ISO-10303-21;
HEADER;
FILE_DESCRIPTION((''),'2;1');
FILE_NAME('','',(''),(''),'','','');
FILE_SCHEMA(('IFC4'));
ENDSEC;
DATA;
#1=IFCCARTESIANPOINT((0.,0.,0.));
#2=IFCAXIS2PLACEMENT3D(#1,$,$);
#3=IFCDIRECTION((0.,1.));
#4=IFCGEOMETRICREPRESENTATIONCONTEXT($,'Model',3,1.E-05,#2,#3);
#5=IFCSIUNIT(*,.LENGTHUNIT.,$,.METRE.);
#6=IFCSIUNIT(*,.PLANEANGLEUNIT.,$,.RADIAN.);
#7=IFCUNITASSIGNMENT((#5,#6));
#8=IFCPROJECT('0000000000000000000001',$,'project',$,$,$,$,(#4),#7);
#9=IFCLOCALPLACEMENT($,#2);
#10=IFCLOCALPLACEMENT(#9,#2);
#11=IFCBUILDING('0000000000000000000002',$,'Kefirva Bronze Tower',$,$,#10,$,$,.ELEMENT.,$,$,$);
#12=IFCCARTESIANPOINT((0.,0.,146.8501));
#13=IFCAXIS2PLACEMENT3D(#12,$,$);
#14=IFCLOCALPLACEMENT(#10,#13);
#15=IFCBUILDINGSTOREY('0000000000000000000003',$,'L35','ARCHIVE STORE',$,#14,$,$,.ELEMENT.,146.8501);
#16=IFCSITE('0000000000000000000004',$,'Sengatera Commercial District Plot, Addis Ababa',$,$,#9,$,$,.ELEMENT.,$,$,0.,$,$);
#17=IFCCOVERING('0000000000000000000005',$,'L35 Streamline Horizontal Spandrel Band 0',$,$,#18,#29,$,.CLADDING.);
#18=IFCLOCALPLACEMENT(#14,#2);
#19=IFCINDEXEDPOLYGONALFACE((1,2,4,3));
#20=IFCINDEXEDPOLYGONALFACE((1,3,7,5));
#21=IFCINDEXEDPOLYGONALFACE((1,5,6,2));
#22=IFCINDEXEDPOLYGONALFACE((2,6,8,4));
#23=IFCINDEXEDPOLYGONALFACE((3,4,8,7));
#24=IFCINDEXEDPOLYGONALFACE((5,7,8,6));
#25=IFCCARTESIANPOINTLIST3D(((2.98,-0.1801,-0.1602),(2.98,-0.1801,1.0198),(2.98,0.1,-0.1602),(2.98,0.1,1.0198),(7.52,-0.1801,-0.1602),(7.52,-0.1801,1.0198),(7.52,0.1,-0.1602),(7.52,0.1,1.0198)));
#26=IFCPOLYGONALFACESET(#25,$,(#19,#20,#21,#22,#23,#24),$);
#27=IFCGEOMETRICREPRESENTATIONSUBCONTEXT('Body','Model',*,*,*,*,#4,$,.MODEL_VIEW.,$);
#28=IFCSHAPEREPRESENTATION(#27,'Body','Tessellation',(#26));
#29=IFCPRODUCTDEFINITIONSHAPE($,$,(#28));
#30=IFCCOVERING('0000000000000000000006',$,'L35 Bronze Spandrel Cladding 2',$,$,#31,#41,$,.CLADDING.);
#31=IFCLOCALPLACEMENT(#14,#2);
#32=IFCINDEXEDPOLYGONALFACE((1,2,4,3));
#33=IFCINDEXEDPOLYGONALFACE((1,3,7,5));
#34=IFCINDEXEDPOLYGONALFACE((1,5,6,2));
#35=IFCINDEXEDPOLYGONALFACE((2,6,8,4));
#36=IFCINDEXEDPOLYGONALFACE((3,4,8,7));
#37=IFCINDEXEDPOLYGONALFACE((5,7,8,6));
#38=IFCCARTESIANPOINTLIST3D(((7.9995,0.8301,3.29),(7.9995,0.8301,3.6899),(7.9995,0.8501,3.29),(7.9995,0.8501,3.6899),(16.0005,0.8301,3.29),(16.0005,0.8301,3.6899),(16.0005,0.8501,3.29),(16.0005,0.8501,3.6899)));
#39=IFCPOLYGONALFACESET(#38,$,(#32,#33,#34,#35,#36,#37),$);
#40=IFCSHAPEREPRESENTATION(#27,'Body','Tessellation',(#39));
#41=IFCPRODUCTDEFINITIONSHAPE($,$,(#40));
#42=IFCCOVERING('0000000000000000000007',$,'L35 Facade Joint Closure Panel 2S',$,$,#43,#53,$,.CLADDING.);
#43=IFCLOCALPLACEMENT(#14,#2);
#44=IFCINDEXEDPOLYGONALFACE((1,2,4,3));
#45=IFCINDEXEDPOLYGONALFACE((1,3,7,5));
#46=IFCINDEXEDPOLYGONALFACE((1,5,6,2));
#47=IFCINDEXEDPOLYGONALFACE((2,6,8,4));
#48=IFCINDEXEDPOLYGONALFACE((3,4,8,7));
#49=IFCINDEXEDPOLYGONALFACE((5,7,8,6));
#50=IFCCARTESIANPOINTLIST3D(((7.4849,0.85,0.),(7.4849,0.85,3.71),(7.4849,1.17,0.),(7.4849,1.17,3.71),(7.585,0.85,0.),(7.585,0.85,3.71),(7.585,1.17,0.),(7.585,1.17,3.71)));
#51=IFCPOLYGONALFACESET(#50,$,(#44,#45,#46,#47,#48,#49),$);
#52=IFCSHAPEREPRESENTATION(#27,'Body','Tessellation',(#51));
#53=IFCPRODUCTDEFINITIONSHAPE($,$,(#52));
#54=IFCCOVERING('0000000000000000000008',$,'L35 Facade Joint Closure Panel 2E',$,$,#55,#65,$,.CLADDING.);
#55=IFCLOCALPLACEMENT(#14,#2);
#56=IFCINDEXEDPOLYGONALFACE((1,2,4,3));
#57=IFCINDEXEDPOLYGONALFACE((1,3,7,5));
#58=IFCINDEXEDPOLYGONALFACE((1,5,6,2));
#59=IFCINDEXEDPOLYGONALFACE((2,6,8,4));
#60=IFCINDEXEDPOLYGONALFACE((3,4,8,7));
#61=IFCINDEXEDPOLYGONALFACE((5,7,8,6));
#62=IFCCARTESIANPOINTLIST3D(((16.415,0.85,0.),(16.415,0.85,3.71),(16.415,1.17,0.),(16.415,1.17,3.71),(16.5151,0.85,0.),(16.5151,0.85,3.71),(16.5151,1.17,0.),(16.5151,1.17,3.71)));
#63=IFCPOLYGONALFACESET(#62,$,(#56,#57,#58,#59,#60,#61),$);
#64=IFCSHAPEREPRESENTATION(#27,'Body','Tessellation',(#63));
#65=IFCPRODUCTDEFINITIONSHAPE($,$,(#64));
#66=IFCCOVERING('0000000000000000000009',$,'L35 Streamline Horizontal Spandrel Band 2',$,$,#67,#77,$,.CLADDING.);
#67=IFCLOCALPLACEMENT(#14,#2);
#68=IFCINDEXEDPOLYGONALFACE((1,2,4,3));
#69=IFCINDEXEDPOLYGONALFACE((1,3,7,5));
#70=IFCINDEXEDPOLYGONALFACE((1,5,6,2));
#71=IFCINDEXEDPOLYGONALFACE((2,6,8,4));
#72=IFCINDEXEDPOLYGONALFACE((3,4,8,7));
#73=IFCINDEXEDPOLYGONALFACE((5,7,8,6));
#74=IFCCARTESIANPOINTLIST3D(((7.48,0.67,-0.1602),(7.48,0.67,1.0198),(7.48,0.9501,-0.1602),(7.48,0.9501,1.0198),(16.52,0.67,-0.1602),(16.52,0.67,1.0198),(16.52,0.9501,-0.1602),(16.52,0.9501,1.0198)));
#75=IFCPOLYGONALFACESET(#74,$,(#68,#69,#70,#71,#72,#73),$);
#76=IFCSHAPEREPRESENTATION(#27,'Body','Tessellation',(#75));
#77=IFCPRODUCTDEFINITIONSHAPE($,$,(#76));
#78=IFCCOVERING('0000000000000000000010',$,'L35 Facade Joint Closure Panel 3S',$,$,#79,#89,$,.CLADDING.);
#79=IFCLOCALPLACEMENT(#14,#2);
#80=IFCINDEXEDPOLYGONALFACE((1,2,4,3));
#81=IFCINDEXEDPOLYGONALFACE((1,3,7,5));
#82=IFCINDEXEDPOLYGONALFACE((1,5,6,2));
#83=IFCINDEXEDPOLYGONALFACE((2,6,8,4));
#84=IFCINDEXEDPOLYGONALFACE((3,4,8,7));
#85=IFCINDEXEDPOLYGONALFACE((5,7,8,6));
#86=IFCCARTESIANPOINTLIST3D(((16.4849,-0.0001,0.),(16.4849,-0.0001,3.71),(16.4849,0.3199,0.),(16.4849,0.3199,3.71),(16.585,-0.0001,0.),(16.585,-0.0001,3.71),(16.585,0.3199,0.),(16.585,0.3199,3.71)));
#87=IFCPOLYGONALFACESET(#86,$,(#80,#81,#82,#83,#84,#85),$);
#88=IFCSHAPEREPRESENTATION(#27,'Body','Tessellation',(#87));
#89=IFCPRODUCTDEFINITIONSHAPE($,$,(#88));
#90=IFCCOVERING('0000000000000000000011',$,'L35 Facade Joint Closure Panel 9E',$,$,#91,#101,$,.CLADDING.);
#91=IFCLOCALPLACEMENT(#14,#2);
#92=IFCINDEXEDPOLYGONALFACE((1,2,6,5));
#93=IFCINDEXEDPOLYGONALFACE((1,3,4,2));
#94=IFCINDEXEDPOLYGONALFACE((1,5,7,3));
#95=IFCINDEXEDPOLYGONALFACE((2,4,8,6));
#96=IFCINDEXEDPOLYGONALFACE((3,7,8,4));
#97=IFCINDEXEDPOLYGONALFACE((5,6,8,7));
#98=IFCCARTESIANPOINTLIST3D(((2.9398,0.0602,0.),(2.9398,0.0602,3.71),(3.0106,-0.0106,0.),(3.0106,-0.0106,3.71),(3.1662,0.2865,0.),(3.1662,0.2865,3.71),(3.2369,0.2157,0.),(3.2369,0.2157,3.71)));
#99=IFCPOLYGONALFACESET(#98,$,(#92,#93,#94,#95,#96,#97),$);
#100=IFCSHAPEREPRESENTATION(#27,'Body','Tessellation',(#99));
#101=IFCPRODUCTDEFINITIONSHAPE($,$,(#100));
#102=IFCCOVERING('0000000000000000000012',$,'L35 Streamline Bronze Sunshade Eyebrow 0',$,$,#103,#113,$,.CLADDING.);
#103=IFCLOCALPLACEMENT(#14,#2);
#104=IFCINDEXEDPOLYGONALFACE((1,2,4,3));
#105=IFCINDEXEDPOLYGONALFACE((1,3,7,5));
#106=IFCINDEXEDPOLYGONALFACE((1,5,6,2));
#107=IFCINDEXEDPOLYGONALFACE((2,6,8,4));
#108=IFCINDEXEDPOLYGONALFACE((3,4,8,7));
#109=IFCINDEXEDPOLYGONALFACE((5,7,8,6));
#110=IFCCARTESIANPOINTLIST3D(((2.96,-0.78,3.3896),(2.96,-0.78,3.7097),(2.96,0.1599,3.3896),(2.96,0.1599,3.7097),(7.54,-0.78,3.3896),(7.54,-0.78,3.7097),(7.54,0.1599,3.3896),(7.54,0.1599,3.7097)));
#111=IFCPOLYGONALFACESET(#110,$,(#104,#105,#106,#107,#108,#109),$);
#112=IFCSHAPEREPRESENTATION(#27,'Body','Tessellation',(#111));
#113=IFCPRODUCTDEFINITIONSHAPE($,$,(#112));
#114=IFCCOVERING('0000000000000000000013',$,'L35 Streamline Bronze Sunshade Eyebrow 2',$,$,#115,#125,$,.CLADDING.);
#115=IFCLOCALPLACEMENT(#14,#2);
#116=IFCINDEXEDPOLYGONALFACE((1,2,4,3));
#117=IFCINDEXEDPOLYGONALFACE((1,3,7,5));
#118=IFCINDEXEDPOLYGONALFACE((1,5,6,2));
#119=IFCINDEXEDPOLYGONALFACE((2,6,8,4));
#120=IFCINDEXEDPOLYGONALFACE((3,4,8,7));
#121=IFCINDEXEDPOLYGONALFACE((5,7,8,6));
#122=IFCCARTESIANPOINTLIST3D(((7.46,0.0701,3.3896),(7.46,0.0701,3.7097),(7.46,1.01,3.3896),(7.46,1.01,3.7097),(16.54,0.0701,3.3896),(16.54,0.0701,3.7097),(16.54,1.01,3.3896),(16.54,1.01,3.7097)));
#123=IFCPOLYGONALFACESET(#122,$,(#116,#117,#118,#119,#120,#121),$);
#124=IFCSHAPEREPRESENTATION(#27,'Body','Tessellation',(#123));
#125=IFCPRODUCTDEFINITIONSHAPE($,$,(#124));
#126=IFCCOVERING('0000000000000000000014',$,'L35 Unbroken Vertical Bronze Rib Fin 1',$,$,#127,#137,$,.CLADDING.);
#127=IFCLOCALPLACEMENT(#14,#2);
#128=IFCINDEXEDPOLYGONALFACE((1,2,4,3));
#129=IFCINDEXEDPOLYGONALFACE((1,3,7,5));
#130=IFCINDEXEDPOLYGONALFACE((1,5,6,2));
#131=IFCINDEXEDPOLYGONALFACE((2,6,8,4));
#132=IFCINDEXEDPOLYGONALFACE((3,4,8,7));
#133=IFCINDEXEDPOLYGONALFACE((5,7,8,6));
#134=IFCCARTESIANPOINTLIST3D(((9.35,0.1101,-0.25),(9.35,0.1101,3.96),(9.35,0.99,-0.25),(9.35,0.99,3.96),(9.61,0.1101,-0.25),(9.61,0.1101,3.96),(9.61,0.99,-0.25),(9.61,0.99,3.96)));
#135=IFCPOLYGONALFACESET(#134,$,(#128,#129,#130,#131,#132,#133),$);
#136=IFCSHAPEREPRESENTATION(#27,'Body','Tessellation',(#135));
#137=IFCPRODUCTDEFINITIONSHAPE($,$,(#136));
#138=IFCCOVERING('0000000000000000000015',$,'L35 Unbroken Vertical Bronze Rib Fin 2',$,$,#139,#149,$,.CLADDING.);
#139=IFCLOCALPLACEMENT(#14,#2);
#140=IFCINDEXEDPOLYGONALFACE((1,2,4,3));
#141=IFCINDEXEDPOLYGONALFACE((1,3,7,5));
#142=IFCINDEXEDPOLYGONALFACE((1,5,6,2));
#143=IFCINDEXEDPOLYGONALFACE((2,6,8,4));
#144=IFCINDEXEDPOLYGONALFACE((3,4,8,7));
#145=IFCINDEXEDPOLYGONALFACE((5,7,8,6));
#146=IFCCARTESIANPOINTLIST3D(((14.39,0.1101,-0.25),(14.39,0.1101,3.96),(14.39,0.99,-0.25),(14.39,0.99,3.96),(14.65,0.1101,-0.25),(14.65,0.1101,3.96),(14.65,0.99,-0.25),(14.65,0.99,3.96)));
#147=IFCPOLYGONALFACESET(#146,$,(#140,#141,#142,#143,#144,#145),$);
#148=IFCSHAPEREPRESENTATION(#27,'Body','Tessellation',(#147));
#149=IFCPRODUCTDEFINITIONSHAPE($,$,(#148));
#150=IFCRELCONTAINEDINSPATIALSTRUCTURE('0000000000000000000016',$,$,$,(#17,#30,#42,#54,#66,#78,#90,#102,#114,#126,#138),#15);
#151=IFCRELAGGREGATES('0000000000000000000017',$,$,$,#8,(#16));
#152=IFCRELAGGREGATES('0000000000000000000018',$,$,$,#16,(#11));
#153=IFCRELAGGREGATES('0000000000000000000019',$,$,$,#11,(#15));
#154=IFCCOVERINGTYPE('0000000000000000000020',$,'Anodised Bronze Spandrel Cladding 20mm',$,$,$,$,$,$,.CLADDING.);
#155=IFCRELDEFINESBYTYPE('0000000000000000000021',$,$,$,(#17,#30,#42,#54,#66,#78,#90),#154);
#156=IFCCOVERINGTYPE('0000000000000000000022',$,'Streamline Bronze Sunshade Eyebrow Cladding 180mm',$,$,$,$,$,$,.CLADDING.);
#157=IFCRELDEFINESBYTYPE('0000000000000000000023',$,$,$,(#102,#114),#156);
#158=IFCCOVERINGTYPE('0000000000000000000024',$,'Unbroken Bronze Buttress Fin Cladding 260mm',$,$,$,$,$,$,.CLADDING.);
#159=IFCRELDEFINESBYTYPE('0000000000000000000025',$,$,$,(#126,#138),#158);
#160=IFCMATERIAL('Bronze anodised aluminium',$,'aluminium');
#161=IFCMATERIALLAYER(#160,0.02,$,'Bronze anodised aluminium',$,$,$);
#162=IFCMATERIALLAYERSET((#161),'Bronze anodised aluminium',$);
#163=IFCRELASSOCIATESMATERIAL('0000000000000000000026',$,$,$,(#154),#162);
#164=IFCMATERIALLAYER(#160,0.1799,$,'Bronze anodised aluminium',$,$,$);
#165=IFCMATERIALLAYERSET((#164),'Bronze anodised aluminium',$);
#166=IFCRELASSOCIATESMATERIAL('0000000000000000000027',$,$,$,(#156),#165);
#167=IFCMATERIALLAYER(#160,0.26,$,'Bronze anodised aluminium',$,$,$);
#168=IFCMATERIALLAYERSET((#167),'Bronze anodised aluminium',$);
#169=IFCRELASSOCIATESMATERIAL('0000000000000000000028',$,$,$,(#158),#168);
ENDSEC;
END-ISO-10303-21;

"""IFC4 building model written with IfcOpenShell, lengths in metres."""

from ifc_helpers import new_model, si_unit, direction, frame, origin, origin_2d, place, context, subcontext, project, spatial, rectangle, extrude, material, layer, layer_set, type_object, element, save


model = new_model("IFC4")

# Units and contexts
model_context = context("Model", 3, precision=1e-05, world=origin(), true_north=direction((0.0, 1.0)))
body_context = subcontext(model_context, "Body", "Model", "MODEL_VIEW")
ifc_project = project(units=[si_unit("LENGTHUNIT", "METRE"), si_unit("PLANEANGLEUNIT", "RADIAN")], contexts=[model_context])

# Site, building, storey
site_placement = place(None, origin())
site = spatial("IfcSite", under=ifc_project, at=site_placement, Name="Sengatera Commercial District Plot, Addis Ababa", CompositionType="ELEMENT", RefElevation=0.0)
building_placement = place(site_placement, origin())
building = spatial("IfcBuilding", under=site, at=building_placement, Name="Kefirva Bronze Tower", CompositionType="ELEMENT")
storey_placement = place(building_placement, frame((0.0, 0.0, 146.8501)))
storey = spatial("IfcBuildingStorey", under=building, at=storey_placement, Name="L35", Description="ARCHIVE STORE", CompositionType="ELEMENT", Elevation=146.8501)

# Coverings
ifc_material_1 = material(Name="Bronze anodised aluminium", Category="aluminium")
ifc_layer_1 = layer(ifc_material_1, 0.02, Name="Bronze anodised aluminium")
ifc_layer_set_1 = layer_set([ifc_layer_1], Name="Bronze anodised aluminium")
covering_type_1 = type_object("IfcCoveringType", Name="Anodised Bronze Spandrel Cladding 20mm", PredefinedType="CLADDING", material=ifc_layer_set_1)
covering_1_placement = place(storey_placement, frame((5.25, -0.04, -0.1602), z_axis=(0.0, 0.0, 1.0), x_axis=(1.0, 0.0, 0.0)))
element("IfcCovering", 1, at=covering_1_placement, inside=storey, type_object=covering_type_1, Name="L35 Streamline Horizontal Spandrel Band 0", PredefinedType="CLADDING", context=body_context, shape_type="SweptSolid", body=[
    extrude(rectangle(XDim=4.54, YDim=0.28, at=origin_2d()), origin(), (0.0, 0.0, 1.0), 1.1799),
])
covering_2_placement = place(storey_placement, frame((12.0, 0.8401, 3.29), z_axis=(0.0, 0.0, 1.0), x_axis=(1.0, 0.0, 0.0)))
element("IfcCovering", 2, at=covering_2_placement, inside=storey, type_object=covering_type_1, Name="L35 Bronze Spandrel Cladding 2", PredefinedType="CLADDING", context=body_context, shape_type="SweptSolid", body=[
    extrude(rectangle(XDim=8.001, YDim=0.02, at=origin_2d()), origin(), (0.0, 0.0, 1.0), 0.3999),
])
for number, where, z_axis, x_axis, name in (
    (3, (7.5349, 1.01, 0.0), (0.0, 0.0, 1.0), (1.0, 0.0, 0.0), "L35 Facade Joint Closure Panel 2S"),
    (4, (16.4651, 1.01, 0.0), (0.0, 0.0, 1.0), (1.0, 0.0, 0.0), "L35 Facade Joint Closure Panel 2E"),
):
    element("IfcCovering", number, at=place(storey_placement, frame(where, z_axis=z_axis, x_axis=x_axis)), inside=storey, type_object=covering_type_1, Name=name, PredefinedType="CLADDING", context=body_context, shape_type="SweptSolid", body=[
        extrude(rectangle(XDim=0.1001, YDim=0.3201, at=origin_2d()), origin(), (0.0, 0.0, 1.0), 3.71),
    ])
covering_3_placement = place(storey_placement, frame((12.0, 0.8101, -0.1602), z_axis=(0.0, 0.0, 1.0), x_axis=(1.0, 0.0, 0.0)))
element("IfcCovering", 5, at=covering_3_placement, inside=storey, type_object=covering_type_1, Name="L35 Streamline Horizontal Spandrel Band 2", PredefinedType="CLADDING", context=body_context, shape_type="SweptSolid", body=[
    extrude(rectangle(XDim=9.04, YDim=0.28, at=origin_2d()), origin(), (0.0, 0.0, 1.0), 1.1799),
])
for number, where, z_axis, x_axis, name in (
    (6, (16.5349, 0.1599, 0.0), (0.0, 0.0, 1.0), (1.0, 0.0, 0.0), "L35 Facade Joint Closure Panel 3S"),
    (7, (3.0884, 0.1379, 0.0), (0.0, 0.0, 1.0), (0.707107, -0.707107, 0.0), "L35 Facade Joint Closure Panel 9E"),
):
    element("IfcCovering", number, at=place(storey_placement, frame(where, z_axis=z_axis, x_axis=x_axis)), inside=storey, type_object=covering_type_1, Name=name, PredefinedType="CLADDING", context=body_context, shape_type="SweptSolid", body=[
        extrude(rectangle(XDim=0.1001, YDim=0.3201, at=origin_2d()), origin(), (0.0, 0.0, 1.0), 3.71),
    ])
ifc_layer_2 = layer(ifc_material_1, 0.1799, Name="Bronze anodised aluminium")
ifc_layer_set_2 = layer_set([ifc_layer_2], Name="Bronze anodised aluminium")
covering_type_2 = type_object("IfcCoveringType", Name="Streamline Bronze Sunshade Eyebrow Cladding 180mm", PredefinedType="CLADDING", material=ifc_layer_set_2)
covering_4_placement = place(storey_placement, frame((5.25, -0.3101, 3.3896), z_axis=(0.0, 0.0, 1.0), x_axis=(1.0, 0.0, 0.0)))
element("IfcCovering", 8, at=covering_4_placement, inside=storey, type_object=covering_type_2, Name="L35 Streamline Bronze Sunshade Eyebrow 0", PredefinedType="CLADDING", context=body_context, shape_type="SweptSolid", body=[
    extrude(rectangle(XDim=4.5801, YDim=0.9399, at=origin_2d()), origin(), (0.0, 0.0, 1.0), 0.3201),
])
covering_5_placement = place(storey_placement, frame((12.0, 0.54, 3.3896), z_axis=(0.0, 0.0, 1.0), x_axis=(1.0, 0.0, 0.0)))
element("IfcCovering", 9, at=covering_5_placement, inside=storey, type_object=covering_type_2, Name="L35 Streamline Bronze Sunshade Eyebrow 2", PredefinedType="CLADDING", context=body_context, shape_type="SweptSolid", body=[
    extrude(rectangle(XDim=9.0801, YDim=0.9399, at=origin_2d()), origin(), (0.0, 0.0, 1.0), 0.3201),
])
ifc_layer_3 = layer(ifc_material_1, 0.26, Name="Bronze anodised aluminium")
ifc_layer_set_3 = layer_set([ifc_layer_3], Name="Bronze anodised aluminium")
covering_type_3 = type_object("IfcCoveringType", Name="Unbroken Bronze Buttress Fin Cladding 260mm", PredefinedType="CLADDING", material=ifc_layer_set_3)
for number, where, z_axis, x_axis, name in (
    (10, (9.48, 0.55, -0.25), (0.0, 0.0, 1.0), (1.0, 0.0, 0.0), "L35 Unbroken Vertical Bronze Rib Fin 1"),
    (11, (14.52, 0.55, -0.25), (0.0, 0.0, 1.0), (1.0, 0.0, 0.0), "L35 Unbroken Vertical Bronze Rib Fin 2"),
):
    element("IfcCovering", number, at=place(storey_placement, frame(where, z_axis=z_axis, x_axis=x_axis)), inside=storey, type_object=covering_type_3, Name=name, PredefinedType="CLADDING", context=body_context, shape_type="SweptSolid", body=[
        extrude(rectangle(XDim=0.26, YDim=0.8799, at=origin_2d()), origin(), (0.0, 0.0, 1.0), 4.21),
    ])

save(model, "model.ifc")
